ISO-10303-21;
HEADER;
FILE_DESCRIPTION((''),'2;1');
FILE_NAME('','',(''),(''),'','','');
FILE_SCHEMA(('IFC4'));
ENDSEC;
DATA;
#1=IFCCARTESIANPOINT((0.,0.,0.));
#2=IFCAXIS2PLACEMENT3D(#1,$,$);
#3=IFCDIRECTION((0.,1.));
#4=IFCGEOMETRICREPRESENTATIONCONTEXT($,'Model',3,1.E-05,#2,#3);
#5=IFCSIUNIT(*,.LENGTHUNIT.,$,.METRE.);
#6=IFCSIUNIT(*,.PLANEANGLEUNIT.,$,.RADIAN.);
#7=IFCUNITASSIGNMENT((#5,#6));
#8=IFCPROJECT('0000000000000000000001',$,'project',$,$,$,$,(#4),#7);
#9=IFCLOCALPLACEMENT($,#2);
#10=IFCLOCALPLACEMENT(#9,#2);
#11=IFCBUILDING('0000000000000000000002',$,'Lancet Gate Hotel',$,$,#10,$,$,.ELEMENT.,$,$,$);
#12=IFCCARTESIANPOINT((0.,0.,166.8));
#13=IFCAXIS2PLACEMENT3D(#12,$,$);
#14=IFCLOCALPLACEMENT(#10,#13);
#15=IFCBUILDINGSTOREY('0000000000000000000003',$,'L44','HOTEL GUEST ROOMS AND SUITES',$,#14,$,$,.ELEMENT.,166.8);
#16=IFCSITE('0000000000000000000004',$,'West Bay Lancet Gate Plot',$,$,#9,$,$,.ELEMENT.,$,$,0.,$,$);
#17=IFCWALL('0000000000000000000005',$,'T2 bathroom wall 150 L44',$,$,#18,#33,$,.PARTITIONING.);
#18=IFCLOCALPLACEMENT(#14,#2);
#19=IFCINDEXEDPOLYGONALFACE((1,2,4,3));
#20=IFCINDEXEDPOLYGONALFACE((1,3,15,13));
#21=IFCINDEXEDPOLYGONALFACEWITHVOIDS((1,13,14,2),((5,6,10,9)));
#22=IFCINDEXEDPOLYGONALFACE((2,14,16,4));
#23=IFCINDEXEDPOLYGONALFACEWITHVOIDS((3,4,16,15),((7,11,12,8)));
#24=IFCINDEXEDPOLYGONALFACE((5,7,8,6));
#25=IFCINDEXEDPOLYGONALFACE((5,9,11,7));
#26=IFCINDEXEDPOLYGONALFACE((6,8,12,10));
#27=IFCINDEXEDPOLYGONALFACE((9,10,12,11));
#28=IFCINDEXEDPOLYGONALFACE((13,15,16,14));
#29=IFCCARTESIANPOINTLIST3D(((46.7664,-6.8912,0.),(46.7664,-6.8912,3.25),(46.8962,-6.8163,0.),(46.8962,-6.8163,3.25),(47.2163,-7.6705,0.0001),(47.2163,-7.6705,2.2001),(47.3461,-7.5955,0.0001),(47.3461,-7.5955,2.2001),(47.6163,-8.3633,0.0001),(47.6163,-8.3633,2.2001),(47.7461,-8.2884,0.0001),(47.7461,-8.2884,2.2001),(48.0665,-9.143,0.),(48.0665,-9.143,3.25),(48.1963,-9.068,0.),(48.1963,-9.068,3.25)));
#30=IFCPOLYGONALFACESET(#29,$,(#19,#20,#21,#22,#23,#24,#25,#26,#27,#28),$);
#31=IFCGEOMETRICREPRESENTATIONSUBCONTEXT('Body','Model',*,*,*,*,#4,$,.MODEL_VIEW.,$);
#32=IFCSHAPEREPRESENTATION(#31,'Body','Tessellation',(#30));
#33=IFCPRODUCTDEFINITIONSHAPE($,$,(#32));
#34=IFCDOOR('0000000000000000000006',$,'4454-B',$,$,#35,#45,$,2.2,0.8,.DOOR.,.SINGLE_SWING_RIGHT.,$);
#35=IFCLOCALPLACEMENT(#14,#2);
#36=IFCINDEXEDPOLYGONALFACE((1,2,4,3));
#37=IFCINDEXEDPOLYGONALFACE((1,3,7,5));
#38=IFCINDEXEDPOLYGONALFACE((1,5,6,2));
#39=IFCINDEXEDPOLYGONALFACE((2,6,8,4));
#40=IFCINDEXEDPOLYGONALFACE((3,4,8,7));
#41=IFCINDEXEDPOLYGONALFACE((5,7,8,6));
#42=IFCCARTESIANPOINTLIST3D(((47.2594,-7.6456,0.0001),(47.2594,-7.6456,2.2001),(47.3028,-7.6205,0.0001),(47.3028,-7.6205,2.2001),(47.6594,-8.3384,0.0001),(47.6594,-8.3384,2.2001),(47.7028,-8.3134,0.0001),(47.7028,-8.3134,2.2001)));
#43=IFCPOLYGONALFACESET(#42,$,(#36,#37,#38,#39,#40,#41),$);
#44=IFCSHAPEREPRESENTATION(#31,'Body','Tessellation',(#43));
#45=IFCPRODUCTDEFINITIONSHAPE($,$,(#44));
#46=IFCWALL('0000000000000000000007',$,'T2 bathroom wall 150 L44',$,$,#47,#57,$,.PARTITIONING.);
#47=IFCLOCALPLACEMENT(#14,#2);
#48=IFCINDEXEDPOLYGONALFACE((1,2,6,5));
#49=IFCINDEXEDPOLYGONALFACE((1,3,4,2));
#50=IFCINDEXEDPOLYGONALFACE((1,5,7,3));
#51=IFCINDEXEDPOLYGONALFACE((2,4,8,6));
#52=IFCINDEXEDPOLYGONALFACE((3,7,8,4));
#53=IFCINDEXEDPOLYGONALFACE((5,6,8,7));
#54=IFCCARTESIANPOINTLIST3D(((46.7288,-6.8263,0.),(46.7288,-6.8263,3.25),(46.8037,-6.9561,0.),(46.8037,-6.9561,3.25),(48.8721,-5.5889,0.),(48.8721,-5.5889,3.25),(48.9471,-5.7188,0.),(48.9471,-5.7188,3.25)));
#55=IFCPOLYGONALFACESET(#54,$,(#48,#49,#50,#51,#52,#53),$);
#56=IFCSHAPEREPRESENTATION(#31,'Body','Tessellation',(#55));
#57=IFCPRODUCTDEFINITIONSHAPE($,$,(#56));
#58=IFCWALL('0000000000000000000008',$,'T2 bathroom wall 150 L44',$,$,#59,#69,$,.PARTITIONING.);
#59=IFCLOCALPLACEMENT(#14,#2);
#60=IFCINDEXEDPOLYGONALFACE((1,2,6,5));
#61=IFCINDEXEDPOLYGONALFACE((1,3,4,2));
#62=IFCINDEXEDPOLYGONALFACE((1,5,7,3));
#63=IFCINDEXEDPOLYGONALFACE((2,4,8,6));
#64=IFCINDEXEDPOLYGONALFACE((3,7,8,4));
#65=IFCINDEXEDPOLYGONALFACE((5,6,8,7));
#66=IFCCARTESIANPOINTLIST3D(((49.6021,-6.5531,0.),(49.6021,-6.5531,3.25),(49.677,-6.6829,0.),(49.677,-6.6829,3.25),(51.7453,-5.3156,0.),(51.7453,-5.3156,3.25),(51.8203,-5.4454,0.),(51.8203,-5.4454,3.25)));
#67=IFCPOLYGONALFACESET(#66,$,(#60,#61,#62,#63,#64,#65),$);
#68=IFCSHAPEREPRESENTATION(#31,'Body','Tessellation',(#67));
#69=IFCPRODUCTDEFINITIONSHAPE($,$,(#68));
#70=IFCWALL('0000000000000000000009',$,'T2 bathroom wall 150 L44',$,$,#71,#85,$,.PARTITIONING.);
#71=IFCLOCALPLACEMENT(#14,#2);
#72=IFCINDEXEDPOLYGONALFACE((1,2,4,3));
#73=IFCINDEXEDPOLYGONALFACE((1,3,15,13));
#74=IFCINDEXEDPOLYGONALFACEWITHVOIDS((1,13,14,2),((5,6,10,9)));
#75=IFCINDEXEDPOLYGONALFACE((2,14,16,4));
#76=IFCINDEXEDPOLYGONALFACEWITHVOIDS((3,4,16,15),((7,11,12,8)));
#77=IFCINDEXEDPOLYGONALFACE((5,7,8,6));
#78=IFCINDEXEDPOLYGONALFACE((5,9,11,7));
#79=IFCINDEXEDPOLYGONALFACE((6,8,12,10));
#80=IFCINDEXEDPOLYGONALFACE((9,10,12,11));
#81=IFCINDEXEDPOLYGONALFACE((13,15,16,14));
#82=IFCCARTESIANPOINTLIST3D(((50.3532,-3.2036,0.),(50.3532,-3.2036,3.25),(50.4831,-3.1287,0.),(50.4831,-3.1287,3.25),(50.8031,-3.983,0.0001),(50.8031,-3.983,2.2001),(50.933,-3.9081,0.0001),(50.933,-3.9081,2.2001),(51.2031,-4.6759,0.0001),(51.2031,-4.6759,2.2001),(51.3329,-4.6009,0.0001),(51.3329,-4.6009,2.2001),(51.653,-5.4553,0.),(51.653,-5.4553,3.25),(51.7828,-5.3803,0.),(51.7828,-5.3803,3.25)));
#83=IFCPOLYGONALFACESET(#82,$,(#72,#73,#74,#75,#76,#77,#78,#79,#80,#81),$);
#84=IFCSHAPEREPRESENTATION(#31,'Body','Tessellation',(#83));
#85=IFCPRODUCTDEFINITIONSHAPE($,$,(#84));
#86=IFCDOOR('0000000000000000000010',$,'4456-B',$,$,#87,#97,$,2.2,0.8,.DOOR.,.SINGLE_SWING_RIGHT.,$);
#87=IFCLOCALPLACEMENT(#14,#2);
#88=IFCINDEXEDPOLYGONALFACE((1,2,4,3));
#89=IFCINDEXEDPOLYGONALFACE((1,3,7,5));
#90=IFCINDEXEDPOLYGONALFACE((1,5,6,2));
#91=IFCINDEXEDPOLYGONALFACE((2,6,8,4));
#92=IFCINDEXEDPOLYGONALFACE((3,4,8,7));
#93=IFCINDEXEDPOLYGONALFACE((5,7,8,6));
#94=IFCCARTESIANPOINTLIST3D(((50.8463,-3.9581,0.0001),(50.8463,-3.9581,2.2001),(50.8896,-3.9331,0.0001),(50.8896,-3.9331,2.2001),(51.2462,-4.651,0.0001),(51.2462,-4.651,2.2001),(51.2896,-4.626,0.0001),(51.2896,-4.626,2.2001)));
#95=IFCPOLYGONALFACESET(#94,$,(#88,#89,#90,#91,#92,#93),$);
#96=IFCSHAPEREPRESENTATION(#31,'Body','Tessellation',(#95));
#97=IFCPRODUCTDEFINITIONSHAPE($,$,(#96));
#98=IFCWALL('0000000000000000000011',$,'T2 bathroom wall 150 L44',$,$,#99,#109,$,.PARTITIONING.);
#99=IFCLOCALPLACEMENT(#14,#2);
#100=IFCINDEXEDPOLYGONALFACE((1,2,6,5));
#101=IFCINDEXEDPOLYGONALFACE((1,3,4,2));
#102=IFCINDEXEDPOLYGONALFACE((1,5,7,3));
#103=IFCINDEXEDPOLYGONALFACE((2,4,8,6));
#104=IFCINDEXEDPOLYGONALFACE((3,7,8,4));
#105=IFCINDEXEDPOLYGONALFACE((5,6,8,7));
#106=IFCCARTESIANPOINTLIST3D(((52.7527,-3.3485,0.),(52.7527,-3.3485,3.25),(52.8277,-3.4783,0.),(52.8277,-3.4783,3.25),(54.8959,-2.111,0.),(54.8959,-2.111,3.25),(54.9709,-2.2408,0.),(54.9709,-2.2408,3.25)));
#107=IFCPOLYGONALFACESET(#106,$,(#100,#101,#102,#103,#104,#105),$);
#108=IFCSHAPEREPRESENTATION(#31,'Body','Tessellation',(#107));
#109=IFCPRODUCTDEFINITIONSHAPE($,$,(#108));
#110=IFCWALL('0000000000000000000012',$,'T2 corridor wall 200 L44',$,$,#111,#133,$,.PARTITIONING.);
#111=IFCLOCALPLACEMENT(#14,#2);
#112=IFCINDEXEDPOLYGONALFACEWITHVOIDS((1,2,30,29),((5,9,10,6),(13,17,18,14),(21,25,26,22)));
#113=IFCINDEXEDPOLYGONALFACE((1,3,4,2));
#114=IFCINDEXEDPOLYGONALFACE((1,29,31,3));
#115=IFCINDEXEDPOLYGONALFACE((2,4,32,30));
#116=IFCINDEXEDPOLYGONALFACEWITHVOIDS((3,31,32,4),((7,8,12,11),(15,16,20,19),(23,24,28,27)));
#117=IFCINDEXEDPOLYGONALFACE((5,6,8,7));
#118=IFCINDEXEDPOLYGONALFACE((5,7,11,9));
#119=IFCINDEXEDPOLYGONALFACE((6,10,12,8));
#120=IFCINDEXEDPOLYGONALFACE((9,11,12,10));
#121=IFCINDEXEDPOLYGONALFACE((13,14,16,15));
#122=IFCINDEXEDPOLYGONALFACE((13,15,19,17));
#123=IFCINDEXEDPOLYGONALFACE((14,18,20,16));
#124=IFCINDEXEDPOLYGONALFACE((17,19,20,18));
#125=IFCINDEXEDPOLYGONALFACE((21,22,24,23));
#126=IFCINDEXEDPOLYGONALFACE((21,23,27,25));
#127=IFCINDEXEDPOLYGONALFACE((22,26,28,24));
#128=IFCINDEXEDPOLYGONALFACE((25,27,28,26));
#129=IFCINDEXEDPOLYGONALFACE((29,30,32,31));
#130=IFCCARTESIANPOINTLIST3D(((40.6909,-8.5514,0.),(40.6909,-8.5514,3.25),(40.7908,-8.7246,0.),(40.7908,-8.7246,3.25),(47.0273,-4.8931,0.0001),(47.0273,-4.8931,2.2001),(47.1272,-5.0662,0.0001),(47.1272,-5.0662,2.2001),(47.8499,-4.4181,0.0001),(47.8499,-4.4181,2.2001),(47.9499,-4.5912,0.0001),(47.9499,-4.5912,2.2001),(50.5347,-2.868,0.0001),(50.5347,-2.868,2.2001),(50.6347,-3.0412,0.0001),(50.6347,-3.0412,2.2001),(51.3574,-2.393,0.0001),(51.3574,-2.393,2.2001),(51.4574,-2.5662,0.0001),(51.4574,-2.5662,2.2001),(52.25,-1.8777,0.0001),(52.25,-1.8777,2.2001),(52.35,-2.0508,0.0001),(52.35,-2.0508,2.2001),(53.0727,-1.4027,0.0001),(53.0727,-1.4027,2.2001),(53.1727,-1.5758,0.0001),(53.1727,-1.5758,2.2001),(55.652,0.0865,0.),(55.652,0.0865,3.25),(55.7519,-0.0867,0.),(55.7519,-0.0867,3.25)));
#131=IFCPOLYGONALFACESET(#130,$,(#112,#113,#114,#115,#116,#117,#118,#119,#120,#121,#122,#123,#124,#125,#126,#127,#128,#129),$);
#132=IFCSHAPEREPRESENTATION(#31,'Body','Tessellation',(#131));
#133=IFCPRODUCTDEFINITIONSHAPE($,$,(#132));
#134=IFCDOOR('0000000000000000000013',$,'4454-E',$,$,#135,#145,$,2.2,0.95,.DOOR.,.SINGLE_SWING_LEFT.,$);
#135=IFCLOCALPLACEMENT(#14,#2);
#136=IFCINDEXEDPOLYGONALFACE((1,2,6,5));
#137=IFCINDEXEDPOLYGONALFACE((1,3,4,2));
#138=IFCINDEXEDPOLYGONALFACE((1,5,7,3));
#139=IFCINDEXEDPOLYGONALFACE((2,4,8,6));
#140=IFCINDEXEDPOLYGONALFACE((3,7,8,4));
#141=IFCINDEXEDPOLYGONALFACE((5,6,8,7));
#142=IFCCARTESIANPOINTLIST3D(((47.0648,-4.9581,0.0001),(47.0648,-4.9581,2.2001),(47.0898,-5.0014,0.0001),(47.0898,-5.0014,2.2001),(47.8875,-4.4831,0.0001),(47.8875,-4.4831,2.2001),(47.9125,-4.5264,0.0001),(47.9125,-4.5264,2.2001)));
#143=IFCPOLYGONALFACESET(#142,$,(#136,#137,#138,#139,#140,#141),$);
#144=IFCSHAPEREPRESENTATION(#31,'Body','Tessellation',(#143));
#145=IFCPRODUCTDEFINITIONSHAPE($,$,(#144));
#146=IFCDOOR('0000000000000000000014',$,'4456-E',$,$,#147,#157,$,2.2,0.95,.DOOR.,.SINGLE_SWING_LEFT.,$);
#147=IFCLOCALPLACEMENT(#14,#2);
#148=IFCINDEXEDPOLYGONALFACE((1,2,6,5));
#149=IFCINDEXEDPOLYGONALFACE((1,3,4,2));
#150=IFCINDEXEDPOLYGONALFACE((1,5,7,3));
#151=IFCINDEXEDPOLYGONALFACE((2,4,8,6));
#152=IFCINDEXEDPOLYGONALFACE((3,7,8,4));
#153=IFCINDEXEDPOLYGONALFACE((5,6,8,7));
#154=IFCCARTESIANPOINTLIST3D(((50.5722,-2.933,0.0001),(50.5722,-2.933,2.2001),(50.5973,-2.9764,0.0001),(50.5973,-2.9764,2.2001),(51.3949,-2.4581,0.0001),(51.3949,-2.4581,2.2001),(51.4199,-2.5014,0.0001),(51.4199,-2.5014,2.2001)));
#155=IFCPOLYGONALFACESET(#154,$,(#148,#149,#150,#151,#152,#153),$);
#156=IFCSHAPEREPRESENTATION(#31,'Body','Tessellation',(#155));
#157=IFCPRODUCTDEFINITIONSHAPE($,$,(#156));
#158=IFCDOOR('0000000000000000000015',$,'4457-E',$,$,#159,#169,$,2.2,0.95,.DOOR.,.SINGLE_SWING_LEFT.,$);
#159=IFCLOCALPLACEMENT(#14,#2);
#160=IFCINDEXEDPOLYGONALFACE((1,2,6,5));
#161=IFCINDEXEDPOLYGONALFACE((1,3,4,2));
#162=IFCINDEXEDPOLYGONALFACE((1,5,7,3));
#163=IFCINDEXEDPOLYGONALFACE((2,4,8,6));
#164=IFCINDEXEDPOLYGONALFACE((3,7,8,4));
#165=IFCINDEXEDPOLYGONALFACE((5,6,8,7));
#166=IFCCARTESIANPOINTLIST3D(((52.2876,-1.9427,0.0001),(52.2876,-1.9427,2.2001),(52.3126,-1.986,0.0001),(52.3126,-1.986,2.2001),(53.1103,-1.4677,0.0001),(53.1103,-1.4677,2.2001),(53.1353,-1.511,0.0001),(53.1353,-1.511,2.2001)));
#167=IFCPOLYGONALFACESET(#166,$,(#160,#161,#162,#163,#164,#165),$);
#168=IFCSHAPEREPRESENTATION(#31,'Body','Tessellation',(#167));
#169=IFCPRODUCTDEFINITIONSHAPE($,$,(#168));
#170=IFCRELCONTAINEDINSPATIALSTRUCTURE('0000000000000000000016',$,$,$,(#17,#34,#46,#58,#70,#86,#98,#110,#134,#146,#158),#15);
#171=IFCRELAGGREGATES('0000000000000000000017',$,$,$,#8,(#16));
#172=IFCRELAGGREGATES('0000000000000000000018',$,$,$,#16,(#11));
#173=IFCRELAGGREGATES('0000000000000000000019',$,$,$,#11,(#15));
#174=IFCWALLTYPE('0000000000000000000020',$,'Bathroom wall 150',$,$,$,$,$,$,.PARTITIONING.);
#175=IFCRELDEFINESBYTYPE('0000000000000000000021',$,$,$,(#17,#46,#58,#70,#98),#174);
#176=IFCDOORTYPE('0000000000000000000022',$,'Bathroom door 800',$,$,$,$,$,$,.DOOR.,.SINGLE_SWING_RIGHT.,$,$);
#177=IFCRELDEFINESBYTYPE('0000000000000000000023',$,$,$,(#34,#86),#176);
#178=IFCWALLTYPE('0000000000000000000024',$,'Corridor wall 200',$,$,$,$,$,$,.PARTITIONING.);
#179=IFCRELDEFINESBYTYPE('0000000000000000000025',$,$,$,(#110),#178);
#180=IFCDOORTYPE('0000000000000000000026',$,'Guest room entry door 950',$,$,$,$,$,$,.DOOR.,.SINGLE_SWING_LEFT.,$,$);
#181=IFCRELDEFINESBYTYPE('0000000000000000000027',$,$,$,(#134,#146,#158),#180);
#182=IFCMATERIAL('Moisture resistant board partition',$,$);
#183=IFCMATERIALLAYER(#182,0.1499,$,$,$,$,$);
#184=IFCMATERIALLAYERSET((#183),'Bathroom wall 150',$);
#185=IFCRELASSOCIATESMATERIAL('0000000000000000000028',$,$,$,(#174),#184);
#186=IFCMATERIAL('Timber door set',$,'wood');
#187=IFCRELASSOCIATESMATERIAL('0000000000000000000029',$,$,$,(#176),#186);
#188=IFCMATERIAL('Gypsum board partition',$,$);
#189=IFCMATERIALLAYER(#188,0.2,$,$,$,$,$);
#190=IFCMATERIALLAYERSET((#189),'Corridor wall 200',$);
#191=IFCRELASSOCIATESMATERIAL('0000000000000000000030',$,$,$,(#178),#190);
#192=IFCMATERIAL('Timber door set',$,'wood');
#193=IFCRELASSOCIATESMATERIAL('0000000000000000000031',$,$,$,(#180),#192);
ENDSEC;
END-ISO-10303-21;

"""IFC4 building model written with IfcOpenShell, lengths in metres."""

from ifc_helpers import new_model, si_unit, direction, frame, frame_2d, origin, place, context, subcontext, project, spatial, rectangle, extrude, material, layer, layer_set, type_object, element, fill, save


model = new_model("IFC4")

# Units and contexts
model_context = context("Model", 3, precision=1e-05, world=origin(), true_north=direction((0.0, 1.0)))
body_context = subcontext(model_context, "Body", "Model", "MODEL_VIEW")
ifc_project = project(units=[si_unit("LENGTHUNIT", "METRE"), si_unit("PLANEANGLEUNIT", "RADIAN")], contexts=[model_context])

# Site, building, storey
site_placement = place(None, origin())
site = spatial("IfcSite", under=ifc_project, at=site_placement, Name="West Bay Lancet Gate Plot", CompositionType="ELEMENT", RefElevation=0.0)
building_placement = place(site_placement, origin())
building = spatial("IfcBuilding", under=site, at=building_placement, Name="Lancet Gate Hotel", CompositionType="ELEMENT")
storey_placement = place(building_placement, frame((0.0, 0.0, 166.8)))
storey = spatial("IfcBuildingStorey", under=building, at=storey_placement, Name="L44", Description="HOTEL GUEST ROOMS AND SUITES", CompositionType="ELEMENT", Elevation=166.8)

# Shared definitions
ifc_material_1 = material(Name="Moisture resistant board partition")
ifc_layer_1 = layer(ifc_material_1, 0.1499)
ifc_layer_set_1 = layer_set([ifc_layer_1], Name="Bathroom wall 150")
wall_type_1 = type_object("IfcWallType", Name="Bathroom wall 150", PredefinedType="PARTITIONING", material=ifc_layer_set_1)

# Wall, opening, door
wall_1_placement = place(storey_placement, frame((46.8313, -6.8538, 0.0), z_axis=(0.0, 0.0, 1.0), x_axis=(0.500007, -0.866021, 0.0)))
wall_1 = element("IfcWall", 1, at=wall_1_placement, inside=storey, type_object=wall_type_1, Name="T2 bathroom wall 150 L44", PredefinedType="PARTITIONING", context=body_context, shape_type="SweptSolid", body=[
    extrude(rectangle(XDim=2.6001, YDim=0.1499, at=frame_2d((1.3, 0.0))), origin(), (0.0, 0.0, 1.0), 3.25),
])
opening_1_placement = place(wall_1_placement, frame((0.8999, 0.0, 0.0)))
opening_1 = element("IfcOpeningElement", 2, at=opening_1_placement, cuts=wall_1, PredefinedType="OPENING", context=body_context, shape_type="SweptSolid", body=[
    extrude(rectangle(XDim=0.8, YDim=2.2, at=frame_2d((0.3999, 1.1001))), frame((0.0, 0.085, 0.0), z_axis=(0.0, -1.0, 0.0), x_axis=(1.0, 0.0, 0.0)), (0.0, 0.0, 1.0), 0.1699),
])
ifc_material_2 = material(Name="Timber door set", Category="wood")
door_type_1 = type_object("IfcDoorType", Name="Bathroom door 800", OperationType="SINGLE_SWING_RIGHT", PredefinedType="DOOR", material=ifc_material_2)
door_1_placement = place(opening_1_placement, origin())
door_1 = element("IfcDoor", 3, at=door_1_placement, inside=storey, type_object=door_type_1, Name="4454-B", OperationType="SINGLE_SWING_RIGHT", OverallHeight=2.2, OverallWidth=0.8, PredefinedType="DOOR", context=body_context, shape_type="SweptSolid", body=[
    extrude(rectangle(XDim=0.8, YDim=2.2, at=frame_2d((0.3999, 1.1001))), frame((0.0, 0.0249, 0.0), z_axis=(0.0, -1.0, 0.0), x_axis=(1.0, 0.0, 0.0)), (0.0, 0.0, 1.0), 0.05),
])
fill(opening_1, door_1)

# Walls
for number, where, z_axis, x_axis, name in (
    (4, (46.7664, -6.8911, 0.0), (0.0, 0.0, 1.0), (0.866049, 0.499959, 0.0), "T2 bathroom wall 150 L44"),
    (5, (49.6396, -6.6179, 0.0), (0.0, 0.0, 1.0), (0.866007, 0.500033, 0.0), "T2 bathroom wall 150 L44"),
):
    element("IfcWall", number, at=place(storey_placement, frame(where, z_axis=z_axis, x_axis=x_axis)), inside=storey, type_object=wall_type_1, Name=name, PredefinedType="PARTITIONING", context=body_context, shape_type="SweptSolid", body=[
        extrude(rectangle(XDim=2.4749, YDim=0.1499, at=frame_2d((1.2373, 0.0))), origin(), (0.0, 0.0, 1.0), 3.25),
    ])

# Wall, opening, door
wall_2_placement = place(storey_placement, frame((50.4182, -3.1663, 0.0), z_axis=(0.0, 0.0, 1.0), x_axis=(0.499937, -0.866062, 0.0)))
wall_2 = element("IfcWall", 6, at=wall_2_placement, inside=storey, type_object=wall_type_1, Name="T2 bathroom wall 150 L44", PredefinedType="PARTITIONING", context=body_context, shape_type="SweptSolid", body=[
    extrude(rectangle(XDim=2.5999, YDim=0.1499, at=frame_2d((1.2998, 0.0))), origin(), (0.0, 0.0, 1.0), 3.25),
])
opening_2_placement = place(wall_2_placement, frame((0.8999, 0.0, 0.0)))
opening_2 = element("IfcOpeningElement", 7, at=opening_2_placement, cuts=wall_2, PredefinedType="OPENING", context=body_context, shape_type="SweptSolid", body=[
    extrude(rectangle(XDim=0.8, YDim=2.2, at=frame_2d((0.3999, 1.1001))), frame((0.0, 0.085, 0.0), z_axis=(0.0, -1.0, 0.0), x_axis=(1.0, 0.0, 0.0)), (0.0, 0.0, 1.0), 0.1699),
])
door_2_placement = place(opening_2_placement, origin())
door_2 = element("IfcDoor", 8, at=door_2_placement, inside=storey, type_object=door_type_1, Name="4456-B", OperationType="SINGLE_SWING_RIGHT", OverallHeight=2.2, OverallWidth=0.8, PredefinedType="DOOR", context=body_context, shape_type="SweptSolid", body=[
    extrude(rectangle(XDim=0.8, YDim=2.2, at=frame_2d((0.3999, 1.1001))), frame((0.0, 0.0249, 0.0), z_axis=(0.0, -1.0, 0.0), x_axis=(1.0, 0.0, 0.0)), (0.0, 0.0, 1.0), 0.05),
])
fill(opening_2, door_2)

# Wall
wall_3_placement = place(storey_placement, frame((52.7903, -3.4133, 0.0), z_axis=(0.0, 0.0, 1.0), x_axis=(0.866007, 0.500033, 0.0)))
element("IfcWall", 9, at=wall_3_placement, inside=storey, type_object=wall_type_1, Name="T2 bathroom wall 150 L44", PredefinedType="PARTITIONING", context=body_context, shape_type="SweptSolid", body=[
    extrude(rectangle(XDim=2.4749, YDim=0.1499, at=frame_2d((1.2373, 0.0))), origin(), (0.0, 0.0, 1.0), 3.25),
])

# Wall, openings, doors
ifc_material_3 = material(Name="Gypsum board partition")
ifc_layer_2 = layer(ifc_material_3, 0.2)
ifc_layer_set_2 = layer_set([ifc_layer_2], Name="Corridor wall 200")
wall_type_2 = type_object("IfcWallType", Name="Corridor wall 200", PredefinedType="PARTITIONING", material=ifc_layer_set_2)
wall_4_placement = place(storey_placement, frame((40.741, -8.6379, 0.0), z_axis=(0.0, 0.0, 1.0), x_axis=(0.866023, 0.500004, 0.0)))
wall_4 = element("IfcWall", 10, at=wall_4_placement, inside=storey, type_object=wall_type_2, Name="T2 corridor wall 200 L44", PredefinedType="PARTITIONING", context=body_context, shape_type="SweptSolid", body=[
    extrude(rectangle(XDim=17.2756, YDim=0.2, at=frame_2d((8.6377, 0.0))), origin(), (0.0, 0.0, 1.0), 3.25),
])
opening_3_placement = place(wall_4_placement, frame((7.3164, 0.0, 0.0)))
opening_3 = element("IfcOpeningElement", 11, at=opening_3_placement, cuts=wall_4, PredefinedType="OPENING", context=body_context, shape_type="SweptSolid", body=[
    extrude(rectangle(XDim=0.95, YDim=2.2, at=frame_2d((0.4751, 1.1001))), frame((0.0, 0.1099, 0.0), z_axis=(0.0, -1.0, 0.0), x_axis=(1.0, 0.0, 0.0)), (0.0, 0.0, 1.0), 0.22),
])
opening_4_placement = place(wall_4_placement, frame((11.3665, 0.0, 0.0)))
opening_4 = element("IfcOpeningElement", 12, at=opening_4_placement, cuts=wall_4, PredefinedType="OPENING", context=body_context, shape_type="SweptSolid", body=[
    extrude(rectangle(XDim=0.95, YDim=2.2, at=frame_2d((0.4751, 1.1001))), frame((0.0, 0.1099, 0.0), z_axis=(0.0, -1.0, 0.0), x_axis=(1.0, 0.0, 0.0)), (0.0, 0.0, 1.0), 0.22),
])
opening_5_placement = place(wall_4_placement, frame((13.3472, 0.0, 0.0)))
opening_5 = element("IfcOpeningElement", 13, at=opening_5_placement, cuts=wall_4, PredefinedType="OPENING", context=body_context, shape_type="SweptSolid", body=[
    extrude(rectangle(XDim=0.95, YDim=2.2, at=frame_2d((0.4751, 1.1001))), frame((0.0, 0.1099, 0.0), z_axis=(0.0, -1.0, 0.0), x_axis=(1.0, 0.0, 0.0)), (0.0, 0.0, 1.0), 0.22),
])
ifc_material_4 = material(Name="Timber door set", Category="wood")
door_type_2 = type_object("IfcDoorType", Name="Guest room entry door 950", OperationType="SINGLE_SWING_LEFT", PredefinedType="DOOR", material=ifc_material_4)
door_3_placement = place(opening_3_placement, origin())
door_3 = element("IfcDoor", 14, at=door_3_placement, inside=storey, type_object=door_type_2, Name="4454-E", OperationType="SINGLE_SWING_LEFT", OverallHeight=2.2, OverallWidth=0.95, PredefinedType="DOOR", context=body_context, shape_type="SweptSolid", body=[
    extrude(rectangle(XDim=0.95, YDim=2.2, at=frame_2d((0.4751, 1.1001))), frame((0.0, 0.0249, 0.0), z_axis=(0.0, -1.0, 0.0), x_axis=(1.0, 0.0, 0.0)), (0.0, 0.0, 1.0), 0.05),
])
fill(opening_3, door_3)
door_4_placement = place(opening_4_placement, origin())
door_4 = element("IfcDoor", 15, at=door_4_placement, inside=storey, type_object=door_type_2, Name="4456-E", OperationType="SINGLE_SWING_LEFT", OverallHeight=2.2, OverallWidth=0.95, PredefinedType="DOOR", context=body_context, shape_type="SweptSolid", body=[
    extrude(rectangle(XDim=0.95, YDim=2.2, at=frame_2d((0.4751, 1.1001))), frame((0.0, 0.0249, 0.0), z_axis=(0.0, -1.0, 0.0), x_axis=(1.0, 0.0, 0.0)), (0.0, 0.0, 1.0), 0.05),
])
fill(opening_4, door_4)
door_5_placement = place(opening_5_placement, origin())
door_5 = element("IfcDoor", 16, at=door_5_placement, inside=storey, type_object=door_type_2, Name="4457-E", OperationType="SINGLE_SWING_LEFT", OverallHeight=2.2, OverallWidth=0.95, PredefinedType="DOOR", context=body_context, shape_type="SweptSolid", body=[
    extrude(rectangle(XDim=0.95, YDim=2.2, at=frame_2d((0.4751, 1.1001))), frame((0.0, 0.0249, 0.0), z_axis=(0.0, -1.0, 0.0), x_axis=(1.0, 0.0, 0.0)), (0.0, 0.0, 1.0), 0.05),
])
fill(opening_5, door_5)

save(model, "model.ifc")
